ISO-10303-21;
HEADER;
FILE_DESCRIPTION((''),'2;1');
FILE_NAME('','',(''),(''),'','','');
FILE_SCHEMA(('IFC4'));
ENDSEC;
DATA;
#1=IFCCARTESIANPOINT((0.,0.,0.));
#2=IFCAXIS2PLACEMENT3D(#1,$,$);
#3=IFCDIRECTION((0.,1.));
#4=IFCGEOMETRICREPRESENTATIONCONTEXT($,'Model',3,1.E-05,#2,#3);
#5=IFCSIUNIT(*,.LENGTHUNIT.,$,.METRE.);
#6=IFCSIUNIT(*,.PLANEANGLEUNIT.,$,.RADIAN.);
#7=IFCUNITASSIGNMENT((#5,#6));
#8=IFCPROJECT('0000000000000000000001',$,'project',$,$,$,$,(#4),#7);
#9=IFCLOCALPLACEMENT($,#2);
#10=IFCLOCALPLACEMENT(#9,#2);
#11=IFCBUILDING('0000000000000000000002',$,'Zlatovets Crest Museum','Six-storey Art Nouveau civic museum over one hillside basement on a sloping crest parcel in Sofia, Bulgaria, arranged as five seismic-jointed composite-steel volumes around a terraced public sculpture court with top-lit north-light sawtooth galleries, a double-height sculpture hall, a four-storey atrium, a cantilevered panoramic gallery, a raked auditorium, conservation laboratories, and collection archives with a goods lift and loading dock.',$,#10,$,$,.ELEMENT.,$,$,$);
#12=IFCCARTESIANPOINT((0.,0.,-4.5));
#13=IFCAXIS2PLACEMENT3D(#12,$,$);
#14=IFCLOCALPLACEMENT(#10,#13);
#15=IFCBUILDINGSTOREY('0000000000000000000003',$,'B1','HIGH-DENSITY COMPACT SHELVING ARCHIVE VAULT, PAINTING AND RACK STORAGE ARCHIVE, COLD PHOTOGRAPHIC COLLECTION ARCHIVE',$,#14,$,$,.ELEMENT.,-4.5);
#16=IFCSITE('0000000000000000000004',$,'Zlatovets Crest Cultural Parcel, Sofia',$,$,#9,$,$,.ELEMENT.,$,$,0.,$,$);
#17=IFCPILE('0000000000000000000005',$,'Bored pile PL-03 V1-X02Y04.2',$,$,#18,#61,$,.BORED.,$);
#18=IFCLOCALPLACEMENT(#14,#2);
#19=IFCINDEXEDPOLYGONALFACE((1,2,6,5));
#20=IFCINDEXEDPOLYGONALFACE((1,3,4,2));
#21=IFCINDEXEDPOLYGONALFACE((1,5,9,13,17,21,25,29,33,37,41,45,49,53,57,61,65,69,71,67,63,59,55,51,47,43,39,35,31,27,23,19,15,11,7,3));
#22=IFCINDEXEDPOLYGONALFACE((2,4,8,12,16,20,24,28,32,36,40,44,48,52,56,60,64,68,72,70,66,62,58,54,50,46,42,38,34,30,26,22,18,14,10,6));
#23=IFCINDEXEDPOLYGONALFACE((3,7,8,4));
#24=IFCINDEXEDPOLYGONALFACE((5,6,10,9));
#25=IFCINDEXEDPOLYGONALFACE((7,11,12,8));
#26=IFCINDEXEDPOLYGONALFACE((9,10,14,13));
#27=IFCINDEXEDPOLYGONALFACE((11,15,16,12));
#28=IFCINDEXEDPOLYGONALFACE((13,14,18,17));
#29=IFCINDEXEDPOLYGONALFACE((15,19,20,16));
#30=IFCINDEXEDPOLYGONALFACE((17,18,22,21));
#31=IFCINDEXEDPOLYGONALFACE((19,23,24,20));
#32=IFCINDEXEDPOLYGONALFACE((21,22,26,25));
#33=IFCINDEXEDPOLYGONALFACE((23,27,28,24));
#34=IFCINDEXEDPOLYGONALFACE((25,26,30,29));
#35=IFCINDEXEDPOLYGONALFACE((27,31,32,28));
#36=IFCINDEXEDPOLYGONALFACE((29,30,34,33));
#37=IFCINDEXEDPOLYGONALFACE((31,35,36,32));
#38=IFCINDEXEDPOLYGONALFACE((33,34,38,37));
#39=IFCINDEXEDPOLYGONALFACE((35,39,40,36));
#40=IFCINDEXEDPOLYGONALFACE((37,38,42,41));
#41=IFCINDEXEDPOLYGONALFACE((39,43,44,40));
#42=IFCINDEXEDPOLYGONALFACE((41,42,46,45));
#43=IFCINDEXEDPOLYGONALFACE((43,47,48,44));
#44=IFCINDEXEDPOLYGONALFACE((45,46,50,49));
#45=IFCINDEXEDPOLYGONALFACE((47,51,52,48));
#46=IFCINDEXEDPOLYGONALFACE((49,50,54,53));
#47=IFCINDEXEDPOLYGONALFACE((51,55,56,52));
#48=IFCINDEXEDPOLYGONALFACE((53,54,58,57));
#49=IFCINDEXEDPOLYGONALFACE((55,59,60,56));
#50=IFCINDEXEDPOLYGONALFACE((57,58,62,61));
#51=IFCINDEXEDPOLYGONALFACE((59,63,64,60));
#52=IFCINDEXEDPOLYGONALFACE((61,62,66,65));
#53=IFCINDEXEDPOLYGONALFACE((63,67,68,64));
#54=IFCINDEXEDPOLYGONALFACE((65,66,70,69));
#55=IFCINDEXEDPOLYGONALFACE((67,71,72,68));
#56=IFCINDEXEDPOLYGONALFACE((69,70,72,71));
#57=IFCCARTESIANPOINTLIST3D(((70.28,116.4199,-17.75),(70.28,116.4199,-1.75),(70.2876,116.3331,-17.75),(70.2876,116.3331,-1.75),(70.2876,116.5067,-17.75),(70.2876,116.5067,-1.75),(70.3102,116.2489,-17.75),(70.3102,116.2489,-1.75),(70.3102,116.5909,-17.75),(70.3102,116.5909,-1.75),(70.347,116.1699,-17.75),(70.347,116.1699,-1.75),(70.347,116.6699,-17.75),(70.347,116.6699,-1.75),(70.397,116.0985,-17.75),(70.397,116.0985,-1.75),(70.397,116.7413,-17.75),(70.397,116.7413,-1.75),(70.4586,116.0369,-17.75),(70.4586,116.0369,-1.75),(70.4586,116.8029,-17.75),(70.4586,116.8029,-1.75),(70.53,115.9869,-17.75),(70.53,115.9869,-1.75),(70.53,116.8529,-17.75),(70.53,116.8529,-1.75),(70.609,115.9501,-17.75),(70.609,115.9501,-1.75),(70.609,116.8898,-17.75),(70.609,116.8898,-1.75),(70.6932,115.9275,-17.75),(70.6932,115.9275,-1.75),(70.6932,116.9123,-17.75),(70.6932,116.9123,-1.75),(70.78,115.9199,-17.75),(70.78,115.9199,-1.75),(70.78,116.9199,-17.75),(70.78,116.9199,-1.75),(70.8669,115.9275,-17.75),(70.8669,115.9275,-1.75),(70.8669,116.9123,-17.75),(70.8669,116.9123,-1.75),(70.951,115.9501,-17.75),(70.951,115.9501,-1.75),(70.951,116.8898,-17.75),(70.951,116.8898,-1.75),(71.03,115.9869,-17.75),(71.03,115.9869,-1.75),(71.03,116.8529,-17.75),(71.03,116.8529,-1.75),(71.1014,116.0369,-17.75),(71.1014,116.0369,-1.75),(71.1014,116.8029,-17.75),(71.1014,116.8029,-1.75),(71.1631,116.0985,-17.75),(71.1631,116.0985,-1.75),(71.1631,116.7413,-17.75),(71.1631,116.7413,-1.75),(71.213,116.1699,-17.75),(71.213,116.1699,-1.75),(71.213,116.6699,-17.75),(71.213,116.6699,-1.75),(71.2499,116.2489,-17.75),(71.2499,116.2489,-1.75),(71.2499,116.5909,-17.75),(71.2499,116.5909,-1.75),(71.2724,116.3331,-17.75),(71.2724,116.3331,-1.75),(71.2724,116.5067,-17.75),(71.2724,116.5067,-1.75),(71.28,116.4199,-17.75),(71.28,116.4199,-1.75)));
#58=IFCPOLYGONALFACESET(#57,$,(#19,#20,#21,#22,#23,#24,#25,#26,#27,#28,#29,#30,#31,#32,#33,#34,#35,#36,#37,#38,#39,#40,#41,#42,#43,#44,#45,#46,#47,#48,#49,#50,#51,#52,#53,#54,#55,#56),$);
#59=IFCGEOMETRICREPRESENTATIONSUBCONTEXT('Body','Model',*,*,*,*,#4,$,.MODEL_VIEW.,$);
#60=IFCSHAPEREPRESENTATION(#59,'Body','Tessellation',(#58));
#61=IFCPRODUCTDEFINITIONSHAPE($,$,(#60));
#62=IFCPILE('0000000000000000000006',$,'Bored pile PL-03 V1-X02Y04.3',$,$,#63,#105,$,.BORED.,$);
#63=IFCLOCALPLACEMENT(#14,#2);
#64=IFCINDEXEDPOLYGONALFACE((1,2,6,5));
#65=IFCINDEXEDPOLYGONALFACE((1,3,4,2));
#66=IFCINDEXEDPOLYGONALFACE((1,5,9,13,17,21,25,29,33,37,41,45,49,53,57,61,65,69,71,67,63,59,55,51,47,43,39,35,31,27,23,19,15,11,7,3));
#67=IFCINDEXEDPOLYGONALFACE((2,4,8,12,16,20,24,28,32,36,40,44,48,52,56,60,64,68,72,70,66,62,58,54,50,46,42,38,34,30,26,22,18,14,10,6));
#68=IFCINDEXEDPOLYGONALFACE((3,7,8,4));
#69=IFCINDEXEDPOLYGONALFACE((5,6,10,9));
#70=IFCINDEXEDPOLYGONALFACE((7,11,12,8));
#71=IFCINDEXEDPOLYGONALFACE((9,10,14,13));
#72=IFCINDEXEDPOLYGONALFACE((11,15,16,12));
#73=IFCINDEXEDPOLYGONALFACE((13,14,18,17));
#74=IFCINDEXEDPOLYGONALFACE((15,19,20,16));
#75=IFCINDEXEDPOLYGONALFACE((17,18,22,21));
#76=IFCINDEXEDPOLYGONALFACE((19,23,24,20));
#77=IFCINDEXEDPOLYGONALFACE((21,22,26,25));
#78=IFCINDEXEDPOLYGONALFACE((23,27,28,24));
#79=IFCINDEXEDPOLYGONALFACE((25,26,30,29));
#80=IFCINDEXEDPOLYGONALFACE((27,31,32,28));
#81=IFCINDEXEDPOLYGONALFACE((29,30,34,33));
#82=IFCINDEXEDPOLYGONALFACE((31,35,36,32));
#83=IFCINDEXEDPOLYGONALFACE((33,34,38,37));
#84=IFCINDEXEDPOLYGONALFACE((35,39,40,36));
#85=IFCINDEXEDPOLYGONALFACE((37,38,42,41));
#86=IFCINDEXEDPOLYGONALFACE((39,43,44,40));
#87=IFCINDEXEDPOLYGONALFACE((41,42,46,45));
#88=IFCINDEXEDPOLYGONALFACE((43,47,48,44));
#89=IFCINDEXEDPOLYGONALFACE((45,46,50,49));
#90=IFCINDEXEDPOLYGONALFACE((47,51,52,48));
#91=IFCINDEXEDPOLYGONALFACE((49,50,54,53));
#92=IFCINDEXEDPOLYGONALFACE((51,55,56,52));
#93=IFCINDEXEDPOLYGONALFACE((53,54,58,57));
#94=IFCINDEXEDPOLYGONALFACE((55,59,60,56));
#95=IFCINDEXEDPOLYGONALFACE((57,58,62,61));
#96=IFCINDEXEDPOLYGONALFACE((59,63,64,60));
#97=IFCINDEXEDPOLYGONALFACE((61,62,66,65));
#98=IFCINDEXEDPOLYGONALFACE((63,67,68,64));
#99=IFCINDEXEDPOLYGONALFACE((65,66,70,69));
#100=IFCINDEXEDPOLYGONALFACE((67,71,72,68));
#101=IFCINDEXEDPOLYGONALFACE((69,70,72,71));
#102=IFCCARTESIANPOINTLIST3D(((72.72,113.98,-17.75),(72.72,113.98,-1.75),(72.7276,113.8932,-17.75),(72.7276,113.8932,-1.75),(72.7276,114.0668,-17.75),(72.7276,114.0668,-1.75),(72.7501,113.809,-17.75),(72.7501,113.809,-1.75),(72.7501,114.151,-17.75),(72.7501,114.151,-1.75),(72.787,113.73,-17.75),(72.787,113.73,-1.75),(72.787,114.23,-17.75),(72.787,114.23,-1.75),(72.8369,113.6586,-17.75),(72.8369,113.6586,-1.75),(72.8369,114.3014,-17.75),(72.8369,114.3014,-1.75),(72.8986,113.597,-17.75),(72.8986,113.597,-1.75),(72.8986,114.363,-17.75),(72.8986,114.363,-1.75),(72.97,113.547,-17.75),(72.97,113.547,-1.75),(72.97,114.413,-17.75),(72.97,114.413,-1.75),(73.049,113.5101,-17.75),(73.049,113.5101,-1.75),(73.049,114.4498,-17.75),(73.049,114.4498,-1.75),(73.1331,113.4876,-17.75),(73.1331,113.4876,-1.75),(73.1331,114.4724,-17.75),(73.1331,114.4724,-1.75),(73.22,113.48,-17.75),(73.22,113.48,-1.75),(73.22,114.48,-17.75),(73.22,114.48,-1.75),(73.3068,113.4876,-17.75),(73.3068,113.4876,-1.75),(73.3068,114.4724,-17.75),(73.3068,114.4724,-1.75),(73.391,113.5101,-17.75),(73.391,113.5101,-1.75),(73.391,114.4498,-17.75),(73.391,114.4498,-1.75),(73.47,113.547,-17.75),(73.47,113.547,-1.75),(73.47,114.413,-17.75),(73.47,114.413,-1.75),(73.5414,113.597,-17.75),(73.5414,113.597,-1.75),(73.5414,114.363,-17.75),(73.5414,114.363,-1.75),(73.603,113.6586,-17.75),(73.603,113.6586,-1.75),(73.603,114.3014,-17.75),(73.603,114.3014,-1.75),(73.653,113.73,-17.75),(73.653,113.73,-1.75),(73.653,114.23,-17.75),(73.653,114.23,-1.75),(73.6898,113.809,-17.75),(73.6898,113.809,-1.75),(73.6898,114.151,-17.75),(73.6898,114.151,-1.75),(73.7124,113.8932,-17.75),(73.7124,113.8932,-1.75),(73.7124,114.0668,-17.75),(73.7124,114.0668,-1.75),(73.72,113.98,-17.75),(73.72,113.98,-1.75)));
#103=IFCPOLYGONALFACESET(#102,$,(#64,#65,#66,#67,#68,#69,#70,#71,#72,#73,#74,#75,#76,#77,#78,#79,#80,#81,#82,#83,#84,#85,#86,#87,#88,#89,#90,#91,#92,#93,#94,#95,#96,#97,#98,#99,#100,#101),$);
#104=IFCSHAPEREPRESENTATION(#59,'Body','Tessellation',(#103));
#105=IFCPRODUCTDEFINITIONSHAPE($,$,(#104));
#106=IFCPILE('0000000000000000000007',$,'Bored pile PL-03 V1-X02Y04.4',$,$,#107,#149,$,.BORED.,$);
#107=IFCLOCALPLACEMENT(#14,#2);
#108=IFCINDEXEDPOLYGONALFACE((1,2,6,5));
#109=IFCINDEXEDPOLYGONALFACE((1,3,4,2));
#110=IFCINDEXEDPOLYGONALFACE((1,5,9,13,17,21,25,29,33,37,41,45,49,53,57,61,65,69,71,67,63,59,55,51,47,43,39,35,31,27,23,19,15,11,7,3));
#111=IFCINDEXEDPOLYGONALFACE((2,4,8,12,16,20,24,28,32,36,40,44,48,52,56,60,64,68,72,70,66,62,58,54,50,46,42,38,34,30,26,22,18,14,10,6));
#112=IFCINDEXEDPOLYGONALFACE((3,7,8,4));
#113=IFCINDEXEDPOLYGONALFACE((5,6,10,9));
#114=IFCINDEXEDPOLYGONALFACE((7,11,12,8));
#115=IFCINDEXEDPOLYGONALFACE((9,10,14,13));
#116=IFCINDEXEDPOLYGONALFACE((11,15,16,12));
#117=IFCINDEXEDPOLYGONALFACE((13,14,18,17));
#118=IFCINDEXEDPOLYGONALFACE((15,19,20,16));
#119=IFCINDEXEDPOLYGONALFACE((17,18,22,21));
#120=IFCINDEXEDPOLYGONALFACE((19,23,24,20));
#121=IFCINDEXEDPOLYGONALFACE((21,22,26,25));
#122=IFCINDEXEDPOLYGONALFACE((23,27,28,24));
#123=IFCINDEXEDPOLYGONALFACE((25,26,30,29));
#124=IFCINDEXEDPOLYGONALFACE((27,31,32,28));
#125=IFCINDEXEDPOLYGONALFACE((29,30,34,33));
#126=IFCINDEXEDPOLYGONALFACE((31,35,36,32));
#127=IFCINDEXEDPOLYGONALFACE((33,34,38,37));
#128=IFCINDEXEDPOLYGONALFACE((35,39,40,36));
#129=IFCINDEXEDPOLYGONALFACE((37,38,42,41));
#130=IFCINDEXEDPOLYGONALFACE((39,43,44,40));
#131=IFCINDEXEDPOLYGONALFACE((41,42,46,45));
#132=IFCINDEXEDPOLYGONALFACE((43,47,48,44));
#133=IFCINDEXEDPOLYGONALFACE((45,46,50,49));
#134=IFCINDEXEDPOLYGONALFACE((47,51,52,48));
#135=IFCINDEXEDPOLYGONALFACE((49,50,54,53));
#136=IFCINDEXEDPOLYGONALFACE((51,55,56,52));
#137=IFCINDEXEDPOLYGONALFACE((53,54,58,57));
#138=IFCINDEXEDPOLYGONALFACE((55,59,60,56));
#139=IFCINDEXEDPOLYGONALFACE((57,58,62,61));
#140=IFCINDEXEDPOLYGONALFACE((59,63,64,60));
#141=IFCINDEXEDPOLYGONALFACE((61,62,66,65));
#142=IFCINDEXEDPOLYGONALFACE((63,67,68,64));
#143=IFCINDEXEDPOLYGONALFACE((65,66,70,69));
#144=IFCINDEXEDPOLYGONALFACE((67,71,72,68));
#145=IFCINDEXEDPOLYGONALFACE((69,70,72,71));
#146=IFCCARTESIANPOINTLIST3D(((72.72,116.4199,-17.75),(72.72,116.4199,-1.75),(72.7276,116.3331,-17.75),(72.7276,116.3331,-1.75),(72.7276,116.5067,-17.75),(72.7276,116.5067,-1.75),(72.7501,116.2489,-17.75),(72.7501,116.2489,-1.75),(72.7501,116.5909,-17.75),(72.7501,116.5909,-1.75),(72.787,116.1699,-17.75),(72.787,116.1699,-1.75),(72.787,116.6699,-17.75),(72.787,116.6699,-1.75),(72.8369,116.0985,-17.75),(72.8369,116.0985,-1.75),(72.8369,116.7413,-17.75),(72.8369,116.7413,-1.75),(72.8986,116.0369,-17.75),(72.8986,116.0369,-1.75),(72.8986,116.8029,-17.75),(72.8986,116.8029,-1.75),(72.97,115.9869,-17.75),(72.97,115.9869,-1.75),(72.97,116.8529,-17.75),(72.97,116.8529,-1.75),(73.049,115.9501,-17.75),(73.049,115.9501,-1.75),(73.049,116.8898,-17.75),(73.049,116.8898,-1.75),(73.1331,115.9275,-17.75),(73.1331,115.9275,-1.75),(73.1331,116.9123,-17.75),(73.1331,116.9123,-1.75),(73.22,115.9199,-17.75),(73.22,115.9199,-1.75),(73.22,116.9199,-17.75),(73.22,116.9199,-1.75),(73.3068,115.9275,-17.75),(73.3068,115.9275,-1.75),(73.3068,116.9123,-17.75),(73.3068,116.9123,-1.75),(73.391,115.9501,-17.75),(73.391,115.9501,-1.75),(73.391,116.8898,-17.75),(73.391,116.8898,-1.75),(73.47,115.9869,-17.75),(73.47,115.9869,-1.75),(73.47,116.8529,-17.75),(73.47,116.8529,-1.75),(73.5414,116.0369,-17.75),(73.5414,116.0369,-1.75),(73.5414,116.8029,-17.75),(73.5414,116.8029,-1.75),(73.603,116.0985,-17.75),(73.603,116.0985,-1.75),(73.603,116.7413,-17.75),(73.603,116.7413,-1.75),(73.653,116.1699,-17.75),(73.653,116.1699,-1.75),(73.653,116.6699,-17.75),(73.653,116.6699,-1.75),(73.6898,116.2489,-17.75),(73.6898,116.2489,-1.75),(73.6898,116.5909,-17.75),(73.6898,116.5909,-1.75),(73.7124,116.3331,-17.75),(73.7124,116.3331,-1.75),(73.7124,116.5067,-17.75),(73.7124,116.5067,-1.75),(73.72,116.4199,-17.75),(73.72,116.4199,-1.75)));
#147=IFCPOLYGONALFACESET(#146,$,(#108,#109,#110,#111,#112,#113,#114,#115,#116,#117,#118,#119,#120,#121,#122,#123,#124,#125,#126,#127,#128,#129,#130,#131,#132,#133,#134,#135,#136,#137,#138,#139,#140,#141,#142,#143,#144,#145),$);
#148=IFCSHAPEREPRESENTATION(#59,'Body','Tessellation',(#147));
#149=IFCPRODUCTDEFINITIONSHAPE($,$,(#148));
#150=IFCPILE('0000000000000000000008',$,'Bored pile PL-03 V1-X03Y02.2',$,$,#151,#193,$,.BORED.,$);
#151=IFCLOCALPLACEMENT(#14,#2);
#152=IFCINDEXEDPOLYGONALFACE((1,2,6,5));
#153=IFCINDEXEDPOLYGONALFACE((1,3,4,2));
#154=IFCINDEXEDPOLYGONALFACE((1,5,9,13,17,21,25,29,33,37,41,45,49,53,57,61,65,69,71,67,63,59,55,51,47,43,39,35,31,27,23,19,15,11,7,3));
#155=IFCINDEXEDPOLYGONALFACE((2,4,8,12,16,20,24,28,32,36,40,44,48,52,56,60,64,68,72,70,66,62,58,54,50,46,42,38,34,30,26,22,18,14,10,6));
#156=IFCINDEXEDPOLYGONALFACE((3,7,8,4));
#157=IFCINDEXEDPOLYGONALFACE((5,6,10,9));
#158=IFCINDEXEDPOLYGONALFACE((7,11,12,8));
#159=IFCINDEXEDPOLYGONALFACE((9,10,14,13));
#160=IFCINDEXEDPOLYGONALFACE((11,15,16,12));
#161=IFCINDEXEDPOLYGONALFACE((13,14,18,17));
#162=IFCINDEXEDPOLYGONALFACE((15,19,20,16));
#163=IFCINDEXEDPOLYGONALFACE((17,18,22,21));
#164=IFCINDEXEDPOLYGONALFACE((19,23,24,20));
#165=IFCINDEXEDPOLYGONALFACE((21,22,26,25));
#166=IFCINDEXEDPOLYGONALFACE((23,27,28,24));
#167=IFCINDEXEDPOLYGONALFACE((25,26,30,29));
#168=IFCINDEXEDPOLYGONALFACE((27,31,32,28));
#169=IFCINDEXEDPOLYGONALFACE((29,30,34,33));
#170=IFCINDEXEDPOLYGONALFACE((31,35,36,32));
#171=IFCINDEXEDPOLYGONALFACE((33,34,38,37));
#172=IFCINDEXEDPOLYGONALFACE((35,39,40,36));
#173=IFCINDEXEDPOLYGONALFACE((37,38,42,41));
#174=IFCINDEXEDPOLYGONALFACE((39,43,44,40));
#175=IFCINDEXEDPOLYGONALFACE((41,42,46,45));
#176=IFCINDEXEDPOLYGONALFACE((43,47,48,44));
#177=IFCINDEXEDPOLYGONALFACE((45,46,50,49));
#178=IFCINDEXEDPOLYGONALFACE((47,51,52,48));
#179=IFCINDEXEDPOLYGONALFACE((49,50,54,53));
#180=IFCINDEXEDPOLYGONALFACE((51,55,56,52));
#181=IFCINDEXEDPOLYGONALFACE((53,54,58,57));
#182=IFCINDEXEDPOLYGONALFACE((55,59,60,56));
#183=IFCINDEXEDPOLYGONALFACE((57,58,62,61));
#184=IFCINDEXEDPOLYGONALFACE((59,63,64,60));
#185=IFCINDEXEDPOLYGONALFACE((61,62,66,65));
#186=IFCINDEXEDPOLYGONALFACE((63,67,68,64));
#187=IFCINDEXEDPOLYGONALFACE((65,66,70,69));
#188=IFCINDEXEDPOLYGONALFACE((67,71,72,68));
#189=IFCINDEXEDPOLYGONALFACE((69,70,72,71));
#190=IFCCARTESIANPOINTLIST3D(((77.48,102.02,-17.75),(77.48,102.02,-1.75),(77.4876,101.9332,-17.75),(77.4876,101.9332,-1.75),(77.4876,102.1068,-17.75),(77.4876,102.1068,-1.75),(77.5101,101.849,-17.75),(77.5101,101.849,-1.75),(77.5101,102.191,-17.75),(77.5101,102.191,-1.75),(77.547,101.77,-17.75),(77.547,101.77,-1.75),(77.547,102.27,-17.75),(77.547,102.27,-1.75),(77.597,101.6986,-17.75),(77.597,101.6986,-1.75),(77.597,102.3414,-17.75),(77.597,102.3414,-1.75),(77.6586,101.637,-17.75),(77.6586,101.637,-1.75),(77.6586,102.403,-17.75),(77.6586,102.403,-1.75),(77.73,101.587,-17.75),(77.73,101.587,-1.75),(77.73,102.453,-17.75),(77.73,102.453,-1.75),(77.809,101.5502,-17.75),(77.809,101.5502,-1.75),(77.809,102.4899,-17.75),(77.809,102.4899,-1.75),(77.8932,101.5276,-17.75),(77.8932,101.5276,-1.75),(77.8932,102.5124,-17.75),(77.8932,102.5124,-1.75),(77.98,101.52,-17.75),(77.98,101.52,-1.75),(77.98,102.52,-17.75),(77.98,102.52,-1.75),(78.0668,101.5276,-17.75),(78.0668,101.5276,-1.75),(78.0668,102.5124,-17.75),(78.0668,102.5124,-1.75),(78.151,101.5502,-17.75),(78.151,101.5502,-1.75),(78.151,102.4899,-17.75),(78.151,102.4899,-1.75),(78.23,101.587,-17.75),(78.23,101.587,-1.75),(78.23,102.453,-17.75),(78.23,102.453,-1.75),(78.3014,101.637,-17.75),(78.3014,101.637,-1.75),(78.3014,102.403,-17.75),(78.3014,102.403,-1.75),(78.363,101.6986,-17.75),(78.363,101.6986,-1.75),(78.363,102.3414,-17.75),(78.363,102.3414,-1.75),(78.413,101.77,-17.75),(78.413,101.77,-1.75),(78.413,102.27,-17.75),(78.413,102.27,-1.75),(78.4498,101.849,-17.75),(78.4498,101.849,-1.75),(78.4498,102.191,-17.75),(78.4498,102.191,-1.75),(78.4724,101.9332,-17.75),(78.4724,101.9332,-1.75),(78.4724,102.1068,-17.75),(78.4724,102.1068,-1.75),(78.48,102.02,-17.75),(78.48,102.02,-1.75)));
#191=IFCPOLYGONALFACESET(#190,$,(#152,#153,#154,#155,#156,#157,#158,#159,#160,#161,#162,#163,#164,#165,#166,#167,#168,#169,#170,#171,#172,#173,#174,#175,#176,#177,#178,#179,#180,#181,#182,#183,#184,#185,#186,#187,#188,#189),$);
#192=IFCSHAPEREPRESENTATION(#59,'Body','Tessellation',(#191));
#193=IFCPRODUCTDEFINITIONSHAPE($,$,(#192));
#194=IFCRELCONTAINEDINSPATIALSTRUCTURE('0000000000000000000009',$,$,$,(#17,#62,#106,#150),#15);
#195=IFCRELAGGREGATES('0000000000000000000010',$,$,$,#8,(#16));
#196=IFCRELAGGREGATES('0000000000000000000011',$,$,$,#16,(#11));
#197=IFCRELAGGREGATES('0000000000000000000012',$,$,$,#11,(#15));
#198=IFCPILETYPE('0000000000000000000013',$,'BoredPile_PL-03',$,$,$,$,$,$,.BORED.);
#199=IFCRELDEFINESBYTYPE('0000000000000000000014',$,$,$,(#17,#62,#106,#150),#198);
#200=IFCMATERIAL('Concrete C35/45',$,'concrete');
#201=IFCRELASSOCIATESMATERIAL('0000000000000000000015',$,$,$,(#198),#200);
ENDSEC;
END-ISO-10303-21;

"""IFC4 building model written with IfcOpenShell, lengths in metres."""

from ifc_helpers import new_model, si_unit, direction, frame, origin, origin_2d, place, context, subcontext, project, spatial, circle, extrude, material, material_profile, profile_set, type_object, element, save


model = new_model("IFC4")

# Units and contexts
model_context = context("Model", 3, precision=1e-05, world=origin(), true_north=direction((0.0, 1.0)))
body_context = subcontext(model_context, "Body", "Model", "MODEL_VIEW")
ifc_project = project(units=[si_unit("LENGTHUNIT", "METRE"), si_unit("PLANEANGLEUNIT", "RADIAN")], contexts=[model_context])

# Site, building, storey
site_placement = place(None, origin())
site = spatial("IfcSite", under=ifc_project, at=site_placement, Name="Zlatovets Crest Cultural Parcel, Sofia", CompositionType="ELEMENT", RefElevation=0.0)
building_placement = place(site_placement, origin())
building = spatial("IfcBuilding", under=site, at=building_placement, Name="Zlatovets Crest Museum", Description="Six-storey Art Nouveau civic museum over one hillside basement on a sloping crest parcel in Sofia, Bulgaria, arranged as five seismic-jointed composite-steel volumes around a terraced public sculpture court with top-lit north-light sawtooth galleries, a double-height sculpture hall, a four-storey atrium, a cantilevered panoramic gallery, a raked auditorium, conservation laboratories, and collection archives with a goods lift and loading dock.", CompositionType="ELEMENT")
storey_placement = place(building_placement, frame((0.0, 0.0, -4.5)))
storey = spatial("IfcBuildingStorey", under=building, at=storey_placement, Name="B1", Description="HIGH-DENSITY COMPACT SHELVING ARCHIVE VAULT, PAINTING AND RACK STORAGE ARCHIVE, COLD PHOTOGRAPHIC COLLECTION ARCHIVE", CompositionType="ELEMENT", Elevation=-4.5)

# Piles
ifc_material = material(Name="Concrete C35/45", Category="concrete")
ifc_material_profile_1 = material_profile(ifc_material, circle(Radius=0.5, at=origin_2d()), Name="PILE D1000")
ifc_profile_set_1 = profile_set([ifc_material_profile_1], Name="Concrete C35/45")
pile_type = type_object("IfcPileType", Name="BoredPile_PL-03", PredefinedType="BORED", material=ifc_profile_set_1)
for number, where, z_axis, x_axis, name in (
    (1, (70.78, 116.4199, -1.75), (0.0, 0.0, -1.0), (1.0, 0.0, 0.0), "Bored pile PL-03 V1-X02Y04.2"),
    (2, (73.22, 113.98, -1.75), (0.0, 0.0, -1.0), (1.0, 0.0, 0.0), "Bored pile PL-03 V1-X02Y04.3"),
    (3, (73.22, 116.4199, -1.75), (0.0, 0.0, -1.0), (1.0, 0.0, 0.0), "Bored pile PL-03 V1-X02Y04.4"),
    (4, (77.98, 102.02, -1.75), (0.0, 0.0, -1.0), (1.0, 0.0, 0.0), "Bored pile PL-03 V1-X03Y02.2"),
):
    element("IfcPile", number, at=place(storey_placement, frame(where, z_axis=z_axis, x_axis=x_axis)), inside=storey, type_object=pile_type, Name=name, PredefinedType="BORED", context=body_context, shape_type="SweptSolid", body=[
        extrude(circle(Radius=0.5, at=origin_2d()), origin(), (0.0, 0.0, 1.0), 16.0),
    ])

save(model, "model.ifc")
